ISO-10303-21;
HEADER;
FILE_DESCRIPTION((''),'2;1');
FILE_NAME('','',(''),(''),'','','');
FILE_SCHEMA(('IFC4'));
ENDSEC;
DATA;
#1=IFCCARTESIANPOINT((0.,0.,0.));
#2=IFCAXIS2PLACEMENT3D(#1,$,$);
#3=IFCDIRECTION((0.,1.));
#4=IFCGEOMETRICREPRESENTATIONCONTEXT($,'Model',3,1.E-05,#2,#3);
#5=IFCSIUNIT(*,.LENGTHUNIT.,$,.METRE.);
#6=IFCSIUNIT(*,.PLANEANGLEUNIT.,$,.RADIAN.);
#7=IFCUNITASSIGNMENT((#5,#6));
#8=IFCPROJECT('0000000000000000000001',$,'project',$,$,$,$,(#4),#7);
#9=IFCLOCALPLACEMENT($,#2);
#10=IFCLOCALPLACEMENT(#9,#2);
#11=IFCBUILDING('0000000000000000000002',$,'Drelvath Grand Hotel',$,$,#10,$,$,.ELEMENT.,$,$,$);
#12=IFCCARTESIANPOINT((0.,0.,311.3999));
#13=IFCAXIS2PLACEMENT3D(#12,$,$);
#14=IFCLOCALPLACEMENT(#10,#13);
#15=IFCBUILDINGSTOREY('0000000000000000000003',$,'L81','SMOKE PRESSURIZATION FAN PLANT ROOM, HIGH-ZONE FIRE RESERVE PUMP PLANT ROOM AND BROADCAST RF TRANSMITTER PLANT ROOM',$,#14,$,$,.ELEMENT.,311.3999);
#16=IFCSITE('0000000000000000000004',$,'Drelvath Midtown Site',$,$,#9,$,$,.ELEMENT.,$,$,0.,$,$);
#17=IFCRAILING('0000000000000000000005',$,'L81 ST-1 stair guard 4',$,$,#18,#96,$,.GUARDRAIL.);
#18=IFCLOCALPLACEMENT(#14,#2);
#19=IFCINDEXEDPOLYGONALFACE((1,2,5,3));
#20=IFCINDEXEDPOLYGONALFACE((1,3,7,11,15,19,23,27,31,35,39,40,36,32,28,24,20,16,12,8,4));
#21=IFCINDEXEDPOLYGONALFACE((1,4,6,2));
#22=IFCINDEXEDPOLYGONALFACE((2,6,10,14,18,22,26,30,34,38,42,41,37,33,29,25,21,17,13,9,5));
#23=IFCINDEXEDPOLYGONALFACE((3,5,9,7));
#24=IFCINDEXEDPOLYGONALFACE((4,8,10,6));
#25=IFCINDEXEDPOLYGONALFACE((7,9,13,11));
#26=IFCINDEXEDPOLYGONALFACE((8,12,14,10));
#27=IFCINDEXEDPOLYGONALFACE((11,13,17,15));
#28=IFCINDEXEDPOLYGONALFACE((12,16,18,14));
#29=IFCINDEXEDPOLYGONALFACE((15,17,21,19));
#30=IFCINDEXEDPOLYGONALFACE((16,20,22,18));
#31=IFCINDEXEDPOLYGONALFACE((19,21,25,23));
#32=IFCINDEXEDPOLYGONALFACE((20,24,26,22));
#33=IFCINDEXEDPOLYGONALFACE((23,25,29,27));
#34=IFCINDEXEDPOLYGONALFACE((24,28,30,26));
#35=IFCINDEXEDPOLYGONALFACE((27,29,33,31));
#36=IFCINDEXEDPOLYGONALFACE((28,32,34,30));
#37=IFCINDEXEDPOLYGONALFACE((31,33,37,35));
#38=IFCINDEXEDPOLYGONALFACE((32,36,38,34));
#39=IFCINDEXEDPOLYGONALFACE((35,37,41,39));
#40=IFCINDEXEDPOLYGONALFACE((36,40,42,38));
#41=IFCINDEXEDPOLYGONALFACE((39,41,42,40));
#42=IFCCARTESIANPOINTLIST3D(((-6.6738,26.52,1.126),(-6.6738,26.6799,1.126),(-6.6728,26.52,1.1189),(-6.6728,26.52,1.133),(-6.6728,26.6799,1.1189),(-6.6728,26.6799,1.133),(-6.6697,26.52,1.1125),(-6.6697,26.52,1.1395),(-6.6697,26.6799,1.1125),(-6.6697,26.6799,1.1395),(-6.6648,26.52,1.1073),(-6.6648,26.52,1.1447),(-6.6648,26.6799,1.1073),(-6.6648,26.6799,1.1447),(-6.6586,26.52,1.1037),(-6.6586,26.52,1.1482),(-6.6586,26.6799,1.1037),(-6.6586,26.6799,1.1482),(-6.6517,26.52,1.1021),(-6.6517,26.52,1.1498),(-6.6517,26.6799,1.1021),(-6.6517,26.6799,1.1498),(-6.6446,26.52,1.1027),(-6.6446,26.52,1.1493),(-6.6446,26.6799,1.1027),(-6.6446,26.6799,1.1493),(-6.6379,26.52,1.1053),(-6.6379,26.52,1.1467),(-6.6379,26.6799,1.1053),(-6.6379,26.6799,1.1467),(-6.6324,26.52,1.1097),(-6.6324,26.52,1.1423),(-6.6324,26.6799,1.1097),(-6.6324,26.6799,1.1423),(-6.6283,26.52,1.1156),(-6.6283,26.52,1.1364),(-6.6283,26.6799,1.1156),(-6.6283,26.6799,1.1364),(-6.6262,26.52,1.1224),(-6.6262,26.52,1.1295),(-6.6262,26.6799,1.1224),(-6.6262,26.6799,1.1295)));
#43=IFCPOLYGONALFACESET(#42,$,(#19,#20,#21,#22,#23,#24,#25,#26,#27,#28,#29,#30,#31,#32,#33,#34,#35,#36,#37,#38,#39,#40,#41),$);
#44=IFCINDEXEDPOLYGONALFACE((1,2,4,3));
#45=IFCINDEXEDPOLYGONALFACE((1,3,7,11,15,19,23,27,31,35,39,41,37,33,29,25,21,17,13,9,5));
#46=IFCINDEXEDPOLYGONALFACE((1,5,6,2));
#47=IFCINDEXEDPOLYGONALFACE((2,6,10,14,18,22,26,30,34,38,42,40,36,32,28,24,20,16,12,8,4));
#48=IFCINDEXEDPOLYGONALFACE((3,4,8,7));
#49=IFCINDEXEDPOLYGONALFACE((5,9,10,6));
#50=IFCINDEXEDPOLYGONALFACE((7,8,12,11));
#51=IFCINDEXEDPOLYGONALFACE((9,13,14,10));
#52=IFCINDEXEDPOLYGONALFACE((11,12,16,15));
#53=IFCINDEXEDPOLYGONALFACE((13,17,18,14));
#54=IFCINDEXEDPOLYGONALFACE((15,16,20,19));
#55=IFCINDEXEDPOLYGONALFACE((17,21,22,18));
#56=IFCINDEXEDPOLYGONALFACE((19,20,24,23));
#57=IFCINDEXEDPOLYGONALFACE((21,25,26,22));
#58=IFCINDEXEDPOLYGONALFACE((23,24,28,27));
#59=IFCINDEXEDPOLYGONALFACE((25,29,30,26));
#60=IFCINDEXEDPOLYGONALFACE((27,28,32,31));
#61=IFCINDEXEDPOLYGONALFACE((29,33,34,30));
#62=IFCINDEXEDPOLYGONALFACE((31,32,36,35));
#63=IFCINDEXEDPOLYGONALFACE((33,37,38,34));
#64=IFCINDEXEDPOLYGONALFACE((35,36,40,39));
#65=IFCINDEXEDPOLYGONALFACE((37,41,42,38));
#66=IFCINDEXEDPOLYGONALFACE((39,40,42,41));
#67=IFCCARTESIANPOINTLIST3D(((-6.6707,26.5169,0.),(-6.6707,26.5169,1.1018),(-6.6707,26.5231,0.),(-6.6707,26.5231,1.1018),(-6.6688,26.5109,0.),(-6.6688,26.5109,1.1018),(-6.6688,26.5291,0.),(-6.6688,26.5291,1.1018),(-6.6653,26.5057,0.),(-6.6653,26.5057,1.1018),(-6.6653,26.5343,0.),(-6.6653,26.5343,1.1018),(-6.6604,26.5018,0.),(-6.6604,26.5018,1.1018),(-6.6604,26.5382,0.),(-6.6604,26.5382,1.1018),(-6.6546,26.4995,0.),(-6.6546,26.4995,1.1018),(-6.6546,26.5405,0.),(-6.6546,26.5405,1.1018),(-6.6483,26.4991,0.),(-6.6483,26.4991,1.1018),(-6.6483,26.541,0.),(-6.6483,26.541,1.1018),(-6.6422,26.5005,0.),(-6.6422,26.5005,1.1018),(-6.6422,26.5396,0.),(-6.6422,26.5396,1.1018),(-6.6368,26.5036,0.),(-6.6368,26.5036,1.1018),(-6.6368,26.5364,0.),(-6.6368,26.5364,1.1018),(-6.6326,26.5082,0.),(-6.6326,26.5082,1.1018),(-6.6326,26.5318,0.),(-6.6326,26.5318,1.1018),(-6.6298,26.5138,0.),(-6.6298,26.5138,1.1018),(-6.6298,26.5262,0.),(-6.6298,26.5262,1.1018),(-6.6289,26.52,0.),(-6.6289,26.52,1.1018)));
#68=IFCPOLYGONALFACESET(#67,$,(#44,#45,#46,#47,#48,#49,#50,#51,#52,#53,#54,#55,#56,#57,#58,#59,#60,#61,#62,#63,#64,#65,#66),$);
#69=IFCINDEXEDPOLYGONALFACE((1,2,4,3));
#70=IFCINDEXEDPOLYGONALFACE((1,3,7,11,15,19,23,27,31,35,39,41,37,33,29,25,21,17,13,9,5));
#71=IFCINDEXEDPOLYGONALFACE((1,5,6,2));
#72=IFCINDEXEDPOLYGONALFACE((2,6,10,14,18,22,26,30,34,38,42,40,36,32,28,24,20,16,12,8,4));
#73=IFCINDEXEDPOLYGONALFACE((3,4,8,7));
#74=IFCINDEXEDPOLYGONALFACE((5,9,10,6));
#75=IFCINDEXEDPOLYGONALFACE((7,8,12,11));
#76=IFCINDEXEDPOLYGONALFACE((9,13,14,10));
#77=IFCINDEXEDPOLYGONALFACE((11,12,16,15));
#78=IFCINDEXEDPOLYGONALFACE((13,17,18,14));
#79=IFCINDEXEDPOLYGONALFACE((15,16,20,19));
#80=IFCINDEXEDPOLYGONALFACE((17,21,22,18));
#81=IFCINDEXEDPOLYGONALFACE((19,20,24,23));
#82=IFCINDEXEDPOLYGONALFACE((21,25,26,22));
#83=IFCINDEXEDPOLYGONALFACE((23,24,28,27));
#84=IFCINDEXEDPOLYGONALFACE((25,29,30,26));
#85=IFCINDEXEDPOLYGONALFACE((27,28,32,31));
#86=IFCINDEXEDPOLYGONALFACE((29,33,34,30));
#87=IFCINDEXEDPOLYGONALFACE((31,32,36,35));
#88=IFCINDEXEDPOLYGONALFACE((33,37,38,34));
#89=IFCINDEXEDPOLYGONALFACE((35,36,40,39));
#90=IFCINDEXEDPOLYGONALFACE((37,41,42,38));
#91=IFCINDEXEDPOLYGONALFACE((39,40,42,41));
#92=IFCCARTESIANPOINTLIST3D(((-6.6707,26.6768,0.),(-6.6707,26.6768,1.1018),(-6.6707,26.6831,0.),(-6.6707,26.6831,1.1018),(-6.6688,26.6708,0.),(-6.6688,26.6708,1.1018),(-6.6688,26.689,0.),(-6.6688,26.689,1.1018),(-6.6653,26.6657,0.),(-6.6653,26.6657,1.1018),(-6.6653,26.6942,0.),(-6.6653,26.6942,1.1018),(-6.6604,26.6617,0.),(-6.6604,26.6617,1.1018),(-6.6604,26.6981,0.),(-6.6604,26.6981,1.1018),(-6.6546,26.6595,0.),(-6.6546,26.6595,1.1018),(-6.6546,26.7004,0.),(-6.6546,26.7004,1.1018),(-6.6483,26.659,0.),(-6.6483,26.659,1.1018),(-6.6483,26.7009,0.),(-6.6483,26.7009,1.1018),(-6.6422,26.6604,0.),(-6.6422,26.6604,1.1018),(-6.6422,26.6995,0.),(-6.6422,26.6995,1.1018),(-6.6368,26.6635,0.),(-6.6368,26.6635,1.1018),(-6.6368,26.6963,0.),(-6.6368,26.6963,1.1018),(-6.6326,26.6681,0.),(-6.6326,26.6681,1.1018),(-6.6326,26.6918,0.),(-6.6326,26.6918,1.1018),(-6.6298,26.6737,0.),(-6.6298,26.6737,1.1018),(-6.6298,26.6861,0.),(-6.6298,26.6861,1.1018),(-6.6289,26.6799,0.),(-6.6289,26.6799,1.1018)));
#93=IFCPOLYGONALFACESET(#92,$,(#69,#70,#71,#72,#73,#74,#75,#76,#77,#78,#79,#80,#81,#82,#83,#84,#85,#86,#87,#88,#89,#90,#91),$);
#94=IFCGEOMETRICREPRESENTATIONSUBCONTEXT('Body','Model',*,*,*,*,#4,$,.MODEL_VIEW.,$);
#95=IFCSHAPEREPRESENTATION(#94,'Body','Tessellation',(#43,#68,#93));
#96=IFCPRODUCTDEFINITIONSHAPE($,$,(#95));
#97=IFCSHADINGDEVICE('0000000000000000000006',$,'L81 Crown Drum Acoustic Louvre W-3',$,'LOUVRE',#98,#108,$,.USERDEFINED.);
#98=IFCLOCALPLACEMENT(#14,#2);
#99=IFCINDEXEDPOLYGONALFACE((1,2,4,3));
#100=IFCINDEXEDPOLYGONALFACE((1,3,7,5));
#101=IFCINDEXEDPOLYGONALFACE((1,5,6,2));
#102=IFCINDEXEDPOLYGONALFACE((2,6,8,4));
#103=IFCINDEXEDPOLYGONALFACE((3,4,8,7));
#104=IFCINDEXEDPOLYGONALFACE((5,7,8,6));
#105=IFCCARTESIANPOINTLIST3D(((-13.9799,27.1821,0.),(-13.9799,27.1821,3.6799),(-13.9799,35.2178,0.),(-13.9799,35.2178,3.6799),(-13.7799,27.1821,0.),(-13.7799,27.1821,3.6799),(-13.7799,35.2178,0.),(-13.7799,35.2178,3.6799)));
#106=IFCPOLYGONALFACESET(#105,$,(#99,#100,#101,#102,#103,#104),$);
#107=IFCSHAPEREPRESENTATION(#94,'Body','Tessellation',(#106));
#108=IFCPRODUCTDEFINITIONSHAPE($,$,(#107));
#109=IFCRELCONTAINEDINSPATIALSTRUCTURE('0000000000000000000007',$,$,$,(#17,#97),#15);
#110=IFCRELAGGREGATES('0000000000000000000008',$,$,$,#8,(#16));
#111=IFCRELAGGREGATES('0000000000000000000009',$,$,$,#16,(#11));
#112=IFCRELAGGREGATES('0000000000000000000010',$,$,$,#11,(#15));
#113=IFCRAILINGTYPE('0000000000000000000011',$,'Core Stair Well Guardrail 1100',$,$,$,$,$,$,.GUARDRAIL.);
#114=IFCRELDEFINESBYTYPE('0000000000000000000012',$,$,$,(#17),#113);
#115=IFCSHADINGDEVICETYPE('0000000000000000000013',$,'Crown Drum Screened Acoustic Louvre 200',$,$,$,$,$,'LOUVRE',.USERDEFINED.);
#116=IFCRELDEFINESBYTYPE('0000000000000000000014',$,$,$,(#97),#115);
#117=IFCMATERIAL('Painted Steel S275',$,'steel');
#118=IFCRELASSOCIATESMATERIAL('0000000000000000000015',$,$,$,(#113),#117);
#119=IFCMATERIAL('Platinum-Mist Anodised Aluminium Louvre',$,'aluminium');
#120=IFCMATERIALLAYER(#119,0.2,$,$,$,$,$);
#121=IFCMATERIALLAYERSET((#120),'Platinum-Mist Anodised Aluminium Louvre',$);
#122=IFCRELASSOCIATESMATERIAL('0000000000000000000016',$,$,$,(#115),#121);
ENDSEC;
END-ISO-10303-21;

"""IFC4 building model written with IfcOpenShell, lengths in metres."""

from ifc_helpers import new_model, si_unit, direction, frame, origin, origin_2d, place, context, subcontext, project, spatial, rectangle, circle, extrude, material, layer, layer_set, type_object, element, save


model = new_model("IFC4")

# Units and contexts
model_context = context("Model", 3, precision=1e-05, world=origin(), true_north=direction((0.0, 1.0)))
body_context = subcontext(model_context, "Body", "Model", "MODEL_VIEW")
ifc_project = project(units=[si_unit("LENGTHUNIT", "METRE"), si_unit("PLANEANGLEUNIT", "RADIAN")], contexts=[model_context])

# Site, building, storey
site_placement = place(None, origin())
site = spatial("IfcSite", under=ifc_project, at=site_placement, Name="Drelvath Midtown Site", CompositionType="ELEMENT", RefElevation=0.0)
building_placement = place(site_placement, origin())
building = spatial("IfcBuilding", under=site, at=building_placement, Name="Drelvath Grand Hotel", CompositionType="ELEMENT")
storey_placement = place(building_placement, frame((0.0, 0.0, 311.3999)))
storey = spatial("IfcBuildingStorey", under=building, at=storey_placement, Name="L81", Description="SMOKE PRESSURIZATION FAN PLANT ROOM, HIGH-ZONE FIRE RESERVE PUMP PLANT ROOM AND BROADCAST RF TRANSMITTER PLANT ROOM", CompositionType="ELEMENT", Elevation=311.3999)

# Shared definitions
ifc_material_1 = material(Name="Painted Steel S275", Category="steel")

# Railing
railing_type_1 = type_object("IfcRailingType", Name="Core Stair Well Guardrail 1100", PredefinedType="GUARDRAIL", material=ifc_material_1)
railing_1_placement = place(storey_placement, frame((-6.6499, 26.52, 0.0)))
element("IfcRailing", 1, at=railing_1_placement, inside=storey, type_object=railing_type_1, Name="L81 ST-1 stair guard 4", PredefinedType="GUARDRAIL", context=body_context, shape_type="SweptSolid", body=[
    extrude(circle(Radius=0.0239, at=origin_2d()), frame((0.0, 0.0, 1.126), z_axis=(0.0, 1.0, 0.0), x_axis=(-1.0, 0.0, 0.0)), (0.0, 0.0, 1.0), 0.1599),
    extrude(circle(Radius=0.021, at=origin_2d()), origin(), (0.0, 0.0, 1.0), 1.1018),
    extrude(circle(Radius=0.021, at=origin_2d()), frame((0.0, 0.1599, 0.0)), (0.0, 0.0, 1.0), 1.1018),
])

# Shading device
ifc_material_2 = material(Name="Platinum-Mist Anodised Aluminium Louvre", Category="aluminium")
ifc_layer_1 = layer(ifc_material_2, 0.2)
ifc_layer_set_1 = layer_set([ifc_layer_1], Name="Platinum-Mist Anodised Aluminium Louvre")
shading_device_type = type_object("IfcShadingDeviceType", Name="Crown Drum Screened Acoustic Louvre 200", ElementType="LOUVRE", PredefinedType="USERDEFINED", material=ifc_layer_set_1)
shading_device_placement = place(storey_placement, frame((-13.8799, 31.2, 0.0), z_axis=(0.0, 0.0, 1.0), x_axis=(0.0, 1.0, 0.0)))
element("IfcShadingDevice", 2, at=shading_device_placement, inside=storey, type_object=shading_device_type, Name="L81 Crown Drum Acoustic Louvre W-3", ObjectType="LOUVRE", PredefinedType="USERDEFINED", context=body_context, shape_type="SweptSolid", body=[
    extrude(rectangle(XDim=8.0356, YDim=0.2, at=origin_2d()), origin(), (0.0, 0.0, 1.0), 3.6799),
])

save(model, "model.ifc")
